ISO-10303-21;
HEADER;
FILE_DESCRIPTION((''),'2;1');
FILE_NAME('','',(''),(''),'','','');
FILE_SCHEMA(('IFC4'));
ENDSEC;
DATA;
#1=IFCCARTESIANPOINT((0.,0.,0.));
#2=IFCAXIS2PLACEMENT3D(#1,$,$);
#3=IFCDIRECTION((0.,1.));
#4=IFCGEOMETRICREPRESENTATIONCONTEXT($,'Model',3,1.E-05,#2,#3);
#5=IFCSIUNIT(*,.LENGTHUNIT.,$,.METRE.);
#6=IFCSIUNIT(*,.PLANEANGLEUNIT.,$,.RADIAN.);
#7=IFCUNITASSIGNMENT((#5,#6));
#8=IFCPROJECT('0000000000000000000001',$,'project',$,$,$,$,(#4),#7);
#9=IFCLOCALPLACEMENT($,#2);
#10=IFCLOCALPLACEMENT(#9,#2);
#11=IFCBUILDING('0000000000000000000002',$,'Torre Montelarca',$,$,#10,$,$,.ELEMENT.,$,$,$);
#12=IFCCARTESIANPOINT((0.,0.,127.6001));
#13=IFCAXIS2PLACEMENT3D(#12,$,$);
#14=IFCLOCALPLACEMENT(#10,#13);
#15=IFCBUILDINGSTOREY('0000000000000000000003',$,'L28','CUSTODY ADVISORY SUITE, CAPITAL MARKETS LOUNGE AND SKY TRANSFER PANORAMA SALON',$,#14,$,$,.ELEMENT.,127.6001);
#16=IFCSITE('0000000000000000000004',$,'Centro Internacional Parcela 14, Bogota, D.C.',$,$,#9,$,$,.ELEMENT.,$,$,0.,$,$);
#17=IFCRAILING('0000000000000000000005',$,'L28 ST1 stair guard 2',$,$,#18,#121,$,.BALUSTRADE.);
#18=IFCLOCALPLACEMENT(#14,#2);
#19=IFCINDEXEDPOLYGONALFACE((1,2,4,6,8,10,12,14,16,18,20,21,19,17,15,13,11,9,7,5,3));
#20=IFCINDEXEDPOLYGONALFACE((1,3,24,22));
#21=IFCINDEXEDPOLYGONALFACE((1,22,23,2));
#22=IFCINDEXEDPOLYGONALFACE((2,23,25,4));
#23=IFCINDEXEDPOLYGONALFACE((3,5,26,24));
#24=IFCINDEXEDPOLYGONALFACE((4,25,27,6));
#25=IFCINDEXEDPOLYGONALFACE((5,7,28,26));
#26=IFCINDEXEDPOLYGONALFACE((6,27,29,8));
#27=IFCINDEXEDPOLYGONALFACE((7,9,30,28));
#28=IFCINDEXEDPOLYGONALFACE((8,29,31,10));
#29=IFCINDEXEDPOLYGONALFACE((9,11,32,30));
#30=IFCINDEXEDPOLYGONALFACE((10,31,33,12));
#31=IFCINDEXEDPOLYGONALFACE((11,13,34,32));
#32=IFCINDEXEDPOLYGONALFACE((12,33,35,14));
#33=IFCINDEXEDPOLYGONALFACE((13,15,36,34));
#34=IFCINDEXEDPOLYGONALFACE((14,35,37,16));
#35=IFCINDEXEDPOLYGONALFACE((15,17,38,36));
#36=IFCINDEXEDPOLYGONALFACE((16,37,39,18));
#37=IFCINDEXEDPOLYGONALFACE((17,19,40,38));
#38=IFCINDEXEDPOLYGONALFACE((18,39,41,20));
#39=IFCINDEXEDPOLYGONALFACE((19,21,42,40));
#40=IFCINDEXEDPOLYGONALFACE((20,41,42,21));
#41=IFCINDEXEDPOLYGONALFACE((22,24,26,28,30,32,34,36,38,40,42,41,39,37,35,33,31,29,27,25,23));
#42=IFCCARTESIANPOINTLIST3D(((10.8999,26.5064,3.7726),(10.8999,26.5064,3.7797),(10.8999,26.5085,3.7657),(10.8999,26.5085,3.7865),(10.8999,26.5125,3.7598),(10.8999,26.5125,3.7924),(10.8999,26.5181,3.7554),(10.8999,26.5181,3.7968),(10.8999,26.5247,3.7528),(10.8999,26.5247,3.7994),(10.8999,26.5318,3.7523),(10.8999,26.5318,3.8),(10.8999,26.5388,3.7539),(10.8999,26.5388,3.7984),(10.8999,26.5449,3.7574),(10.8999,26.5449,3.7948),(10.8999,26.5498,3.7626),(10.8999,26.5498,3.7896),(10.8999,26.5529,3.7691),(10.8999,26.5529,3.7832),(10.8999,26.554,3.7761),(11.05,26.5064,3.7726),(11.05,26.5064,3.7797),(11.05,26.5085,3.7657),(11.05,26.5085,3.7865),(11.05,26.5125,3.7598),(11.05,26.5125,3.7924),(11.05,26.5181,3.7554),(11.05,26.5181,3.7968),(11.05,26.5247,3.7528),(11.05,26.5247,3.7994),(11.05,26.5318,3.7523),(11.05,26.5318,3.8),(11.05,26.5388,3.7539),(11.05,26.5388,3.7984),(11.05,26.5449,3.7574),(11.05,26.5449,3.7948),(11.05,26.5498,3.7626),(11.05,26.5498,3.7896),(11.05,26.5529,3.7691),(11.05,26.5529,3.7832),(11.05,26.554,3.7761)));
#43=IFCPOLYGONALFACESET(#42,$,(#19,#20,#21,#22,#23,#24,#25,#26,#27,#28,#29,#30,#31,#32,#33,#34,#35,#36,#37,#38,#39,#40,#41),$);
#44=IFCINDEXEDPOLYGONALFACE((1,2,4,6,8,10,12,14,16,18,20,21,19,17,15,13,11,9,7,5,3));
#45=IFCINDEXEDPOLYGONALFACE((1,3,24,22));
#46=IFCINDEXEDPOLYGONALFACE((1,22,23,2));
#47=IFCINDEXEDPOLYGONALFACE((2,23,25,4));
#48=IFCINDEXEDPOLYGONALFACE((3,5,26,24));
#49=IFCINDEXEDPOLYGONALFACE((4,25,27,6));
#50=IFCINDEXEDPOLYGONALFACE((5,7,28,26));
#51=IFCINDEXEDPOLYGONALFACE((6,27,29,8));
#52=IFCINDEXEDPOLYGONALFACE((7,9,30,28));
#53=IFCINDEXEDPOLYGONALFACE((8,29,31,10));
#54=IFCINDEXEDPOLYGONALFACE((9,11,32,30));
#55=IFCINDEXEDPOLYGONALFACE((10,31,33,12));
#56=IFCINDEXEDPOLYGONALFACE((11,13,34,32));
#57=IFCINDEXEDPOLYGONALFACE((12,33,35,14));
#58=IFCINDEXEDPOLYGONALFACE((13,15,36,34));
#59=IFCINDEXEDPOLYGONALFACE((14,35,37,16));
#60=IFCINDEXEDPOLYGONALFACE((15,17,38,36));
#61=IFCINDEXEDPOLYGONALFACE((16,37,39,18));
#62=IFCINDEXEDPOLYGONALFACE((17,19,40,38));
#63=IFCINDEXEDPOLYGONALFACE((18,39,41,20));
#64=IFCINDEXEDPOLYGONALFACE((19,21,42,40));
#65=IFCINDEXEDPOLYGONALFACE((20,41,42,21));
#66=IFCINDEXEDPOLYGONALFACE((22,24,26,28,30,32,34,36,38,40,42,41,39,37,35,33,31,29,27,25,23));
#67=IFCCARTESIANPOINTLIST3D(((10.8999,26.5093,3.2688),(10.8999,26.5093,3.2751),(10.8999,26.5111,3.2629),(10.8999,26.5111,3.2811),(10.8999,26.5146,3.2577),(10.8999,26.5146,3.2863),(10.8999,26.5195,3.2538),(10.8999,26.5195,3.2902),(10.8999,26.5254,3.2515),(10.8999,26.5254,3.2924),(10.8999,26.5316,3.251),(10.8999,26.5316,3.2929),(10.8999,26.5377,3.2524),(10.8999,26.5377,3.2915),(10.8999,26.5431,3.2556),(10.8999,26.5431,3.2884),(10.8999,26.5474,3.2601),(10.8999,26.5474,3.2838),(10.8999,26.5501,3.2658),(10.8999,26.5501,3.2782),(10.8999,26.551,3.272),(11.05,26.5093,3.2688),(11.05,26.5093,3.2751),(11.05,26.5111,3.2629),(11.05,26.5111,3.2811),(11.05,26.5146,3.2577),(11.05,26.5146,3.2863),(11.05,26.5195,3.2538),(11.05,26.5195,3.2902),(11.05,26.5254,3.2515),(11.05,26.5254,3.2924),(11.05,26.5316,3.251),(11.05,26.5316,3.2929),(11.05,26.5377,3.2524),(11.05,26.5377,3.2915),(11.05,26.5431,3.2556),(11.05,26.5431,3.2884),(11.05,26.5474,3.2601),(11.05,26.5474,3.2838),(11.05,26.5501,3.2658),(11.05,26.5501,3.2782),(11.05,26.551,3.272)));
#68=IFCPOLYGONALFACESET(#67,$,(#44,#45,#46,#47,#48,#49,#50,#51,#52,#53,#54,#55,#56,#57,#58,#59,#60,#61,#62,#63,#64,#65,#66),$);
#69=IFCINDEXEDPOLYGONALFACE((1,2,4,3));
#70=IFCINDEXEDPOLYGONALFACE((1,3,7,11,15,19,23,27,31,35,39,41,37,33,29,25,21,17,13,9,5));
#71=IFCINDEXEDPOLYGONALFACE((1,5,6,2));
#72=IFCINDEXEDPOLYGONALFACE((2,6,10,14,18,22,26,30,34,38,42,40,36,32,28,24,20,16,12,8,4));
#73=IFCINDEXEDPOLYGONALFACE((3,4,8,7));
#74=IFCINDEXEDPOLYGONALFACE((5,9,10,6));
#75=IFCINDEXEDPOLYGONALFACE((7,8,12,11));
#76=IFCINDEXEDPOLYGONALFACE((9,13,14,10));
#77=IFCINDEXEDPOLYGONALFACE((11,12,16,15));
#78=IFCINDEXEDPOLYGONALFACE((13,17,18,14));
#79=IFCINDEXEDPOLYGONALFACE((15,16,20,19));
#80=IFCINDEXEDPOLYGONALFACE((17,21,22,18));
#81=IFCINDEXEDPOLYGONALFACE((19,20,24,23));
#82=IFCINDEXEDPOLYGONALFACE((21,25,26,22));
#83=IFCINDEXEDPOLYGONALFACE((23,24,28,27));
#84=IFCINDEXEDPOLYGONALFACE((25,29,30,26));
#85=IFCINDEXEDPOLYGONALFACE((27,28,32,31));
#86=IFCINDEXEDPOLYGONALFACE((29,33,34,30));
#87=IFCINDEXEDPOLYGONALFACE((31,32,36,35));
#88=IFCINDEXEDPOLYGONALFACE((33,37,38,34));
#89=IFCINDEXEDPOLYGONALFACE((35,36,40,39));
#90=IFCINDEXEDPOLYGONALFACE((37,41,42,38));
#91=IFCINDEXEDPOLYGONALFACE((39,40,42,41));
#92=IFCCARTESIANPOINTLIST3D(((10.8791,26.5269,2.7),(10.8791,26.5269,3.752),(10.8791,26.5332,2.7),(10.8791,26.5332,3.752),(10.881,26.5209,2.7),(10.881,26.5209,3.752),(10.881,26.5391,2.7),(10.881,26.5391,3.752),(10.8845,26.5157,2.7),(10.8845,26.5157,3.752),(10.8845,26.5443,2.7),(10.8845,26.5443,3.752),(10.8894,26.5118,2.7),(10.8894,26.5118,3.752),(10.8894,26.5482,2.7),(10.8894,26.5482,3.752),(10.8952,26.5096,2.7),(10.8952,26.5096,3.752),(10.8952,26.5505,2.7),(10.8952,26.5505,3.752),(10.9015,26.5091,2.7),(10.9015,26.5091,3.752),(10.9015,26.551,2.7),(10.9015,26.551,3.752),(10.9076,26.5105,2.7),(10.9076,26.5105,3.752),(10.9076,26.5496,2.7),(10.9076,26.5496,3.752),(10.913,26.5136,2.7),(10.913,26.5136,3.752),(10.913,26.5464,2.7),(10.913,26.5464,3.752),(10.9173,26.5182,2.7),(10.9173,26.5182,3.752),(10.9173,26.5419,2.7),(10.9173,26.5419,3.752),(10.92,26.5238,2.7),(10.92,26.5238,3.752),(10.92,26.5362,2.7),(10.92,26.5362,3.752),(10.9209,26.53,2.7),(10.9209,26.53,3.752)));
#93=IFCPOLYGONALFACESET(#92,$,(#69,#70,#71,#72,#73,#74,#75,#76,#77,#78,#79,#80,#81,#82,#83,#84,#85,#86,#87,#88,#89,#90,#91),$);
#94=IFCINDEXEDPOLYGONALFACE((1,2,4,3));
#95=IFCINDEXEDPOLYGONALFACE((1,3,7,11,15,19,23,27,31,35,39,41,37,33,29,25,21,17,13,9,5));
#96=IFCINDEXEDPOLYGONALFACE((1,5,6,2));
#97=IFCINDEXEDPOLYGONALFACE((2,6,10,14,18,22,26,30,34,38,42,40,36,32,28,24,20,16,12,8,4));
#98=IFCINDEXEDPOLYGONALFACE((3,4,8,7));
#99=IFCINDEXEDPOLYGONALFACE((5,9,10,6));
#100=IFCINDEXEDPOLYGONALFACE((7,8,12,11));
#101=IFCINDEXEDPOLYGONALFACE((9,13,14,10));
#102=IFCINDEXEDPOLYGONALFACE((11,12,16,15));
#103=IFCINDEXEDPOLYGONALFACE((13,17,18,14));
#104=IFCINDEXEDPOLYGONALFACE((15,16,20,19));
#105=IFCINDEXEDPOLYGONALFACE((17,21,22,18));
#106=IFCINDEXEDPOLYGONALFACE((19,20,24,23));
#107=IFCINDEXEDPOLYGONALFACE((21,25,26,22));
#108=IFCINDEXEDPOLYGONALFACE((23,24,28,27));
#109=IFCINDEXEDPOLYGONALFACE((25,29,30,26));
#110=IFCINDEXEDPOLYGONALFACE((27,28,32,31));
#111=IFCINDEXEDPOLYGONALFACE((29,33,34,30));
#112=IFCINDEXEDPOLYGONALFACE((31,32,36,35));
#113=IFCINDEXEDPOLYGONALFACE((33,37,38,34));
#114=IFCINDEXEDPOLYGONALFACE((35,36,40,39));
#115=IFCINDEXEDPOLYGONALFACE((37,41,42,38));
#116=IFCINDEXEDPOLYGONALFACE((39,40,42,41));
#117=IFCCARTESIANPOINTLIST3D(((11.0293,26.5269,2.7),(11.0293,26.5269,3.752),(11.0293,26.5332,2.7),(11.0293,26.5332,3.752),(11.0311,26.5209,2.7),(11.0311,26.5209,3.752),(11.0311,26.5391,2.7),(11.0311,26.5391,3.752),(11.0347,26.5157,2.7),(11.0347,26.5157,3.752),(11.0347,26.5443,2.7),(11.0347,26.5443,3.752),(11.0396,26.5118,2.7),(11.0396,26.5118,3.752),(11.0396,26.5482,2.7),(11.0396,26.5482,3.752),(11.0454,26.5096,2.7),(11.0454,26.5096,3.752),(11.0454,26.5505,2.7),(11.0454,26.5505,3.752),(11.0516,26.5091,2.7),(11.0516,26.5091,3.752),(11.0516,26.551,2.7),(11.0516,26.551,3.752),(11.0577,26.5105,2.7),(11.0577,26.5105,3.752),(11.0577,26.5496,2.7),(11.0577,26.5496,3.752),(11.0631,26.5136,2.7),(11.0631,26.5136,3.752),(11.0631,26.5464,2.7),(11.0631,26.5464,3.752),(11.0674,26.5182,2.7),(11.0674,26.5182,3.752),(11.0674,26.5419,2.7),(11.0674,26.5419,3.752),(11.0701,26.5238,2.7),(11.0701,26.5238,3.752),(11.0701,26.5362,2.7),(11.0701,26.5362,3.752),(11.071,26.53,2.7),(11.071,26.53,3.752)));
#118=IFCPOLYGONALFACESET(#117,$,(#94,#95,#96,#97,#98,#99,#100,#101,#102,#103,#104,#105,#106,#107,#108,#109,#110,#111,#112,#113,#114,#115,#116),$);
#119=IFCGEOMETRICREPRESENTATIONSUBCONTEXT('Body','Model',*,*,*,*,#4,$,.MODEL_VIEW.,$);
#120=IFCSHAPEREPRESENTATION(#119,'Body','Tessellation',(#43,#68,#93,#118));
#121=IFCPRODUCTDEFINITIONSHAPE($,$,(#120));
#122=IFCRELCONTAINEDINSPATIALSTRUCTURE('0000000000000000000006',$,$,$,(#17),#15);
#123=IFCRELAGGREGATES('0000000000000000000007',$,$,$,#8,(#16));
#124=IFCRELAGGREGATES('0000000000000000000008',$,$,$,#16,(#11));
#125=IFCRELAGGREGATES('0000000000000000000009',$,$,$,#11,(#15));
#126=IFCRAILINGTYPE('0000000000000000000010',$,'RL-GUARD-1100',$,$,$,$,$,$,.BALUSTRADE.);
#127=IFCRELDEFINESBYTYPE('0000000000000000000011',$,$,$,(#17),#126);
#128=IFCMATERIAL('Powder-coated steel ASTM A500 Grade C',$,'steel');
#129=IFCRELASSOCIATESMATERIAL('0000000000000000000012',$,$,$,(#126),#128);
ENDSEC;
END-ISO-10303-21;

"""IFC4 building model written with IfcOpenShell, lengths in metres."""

from ifc_helpers import new_model, si_unit, direction, frame, origin, origin_2d, place, context, subcontext, project, spatial, circle, extrude, material, type_object, element, save


model = new_model("IFC4")

# Units and contexts
model_context = context("Model", 3, precision=1e-05, world=origin(), true_north=direction((0.0, 1.0)))
body_context = subcontext(model_context, "Body", "Model", "MODEL_VIEW")
ifc_project = project(units=[si_unit("LENGTHUNIT", "METRE"), si_unit("PLANEANGLEUNIT", "RADIAN")], contexts=[model_context])

# Site, building, storey
site_placement = place(None, origin())
site = spatial("IfcSite", under=ifc_project, at=site_placement, Name="Centro Internacional Parcela 14, Bogota, D.C.", CompositionType="ELEMENT", RefElevation=0.0)
building_placement = place(site_placement, origin())
building = spatial("IfcBuilding", under=site, at=building_placement, Name="Torre Montelarca", CompositionType="ELEMENT")
storey_placement = place(building_placement, frame((0.0, 0.0, 127.6001)))
storey = spatial("IfcBuildingStorey", under=building, at=storey_placement, Name="L28", Description="CUSTODY ADVISORY SUITE, CAPITAL MARKETS LOUNGE AND SKY TRANSFER PANORAMA SALON", CompositionType="ELEMENT", Elevation=127.6001)

# Railing
ifc_material_1 = material(Name="Powder-coated steel ASTM A500 Grade C", Category="steel")
railing_type_1 = type_object("IfcRailingType", Name="RL-GUARD-1100", PredefinedType="BALUSTRADE", material=ifc_material_1)
for number, where, name in (
    (1, (10.8999, 26.53, 2.7), "L28 ST1 stair guard 2"),
):
    element("IfcRailing", number, at=place(storey_placement, frame(where)), inside=storey, type_object=railing_type_1, Name=name, PredefinedType="BALUSTRADE", context=body_context, shape_type="SweptSolid", body=[
        extrude(circle(Radius=0.0239, at=origin_2d()), frame((0.0, 0.0, 1.0762), z_axis=(1.0, 0.0, 0.0), x_axis=(0.0, 1.0, 0.0)), (0.0, 0.0, 1.0), 0.1501),
        extrude(circle(Radius=0.021, at=origin_2d()), frame((0.0, 0.0, 0.572), z_axis=(1.0, 0.0, 0.0), x_axis=(0.0, 1.0, 0.0)), (0.0, 0.0, 1.0), 0.1501),
        extrude(circle(Radius=0.021, at=origin_2d()), origin(), (0.0, 0.0, 1.0), 1.052),
        extrude(circle(Radius=0.021, at=origin_2d()), frame((0.1501, 0.0, 0.0)), (0.0, 0.0, 1.0), 1.052),
    ])

save(model, "model.ifc")
